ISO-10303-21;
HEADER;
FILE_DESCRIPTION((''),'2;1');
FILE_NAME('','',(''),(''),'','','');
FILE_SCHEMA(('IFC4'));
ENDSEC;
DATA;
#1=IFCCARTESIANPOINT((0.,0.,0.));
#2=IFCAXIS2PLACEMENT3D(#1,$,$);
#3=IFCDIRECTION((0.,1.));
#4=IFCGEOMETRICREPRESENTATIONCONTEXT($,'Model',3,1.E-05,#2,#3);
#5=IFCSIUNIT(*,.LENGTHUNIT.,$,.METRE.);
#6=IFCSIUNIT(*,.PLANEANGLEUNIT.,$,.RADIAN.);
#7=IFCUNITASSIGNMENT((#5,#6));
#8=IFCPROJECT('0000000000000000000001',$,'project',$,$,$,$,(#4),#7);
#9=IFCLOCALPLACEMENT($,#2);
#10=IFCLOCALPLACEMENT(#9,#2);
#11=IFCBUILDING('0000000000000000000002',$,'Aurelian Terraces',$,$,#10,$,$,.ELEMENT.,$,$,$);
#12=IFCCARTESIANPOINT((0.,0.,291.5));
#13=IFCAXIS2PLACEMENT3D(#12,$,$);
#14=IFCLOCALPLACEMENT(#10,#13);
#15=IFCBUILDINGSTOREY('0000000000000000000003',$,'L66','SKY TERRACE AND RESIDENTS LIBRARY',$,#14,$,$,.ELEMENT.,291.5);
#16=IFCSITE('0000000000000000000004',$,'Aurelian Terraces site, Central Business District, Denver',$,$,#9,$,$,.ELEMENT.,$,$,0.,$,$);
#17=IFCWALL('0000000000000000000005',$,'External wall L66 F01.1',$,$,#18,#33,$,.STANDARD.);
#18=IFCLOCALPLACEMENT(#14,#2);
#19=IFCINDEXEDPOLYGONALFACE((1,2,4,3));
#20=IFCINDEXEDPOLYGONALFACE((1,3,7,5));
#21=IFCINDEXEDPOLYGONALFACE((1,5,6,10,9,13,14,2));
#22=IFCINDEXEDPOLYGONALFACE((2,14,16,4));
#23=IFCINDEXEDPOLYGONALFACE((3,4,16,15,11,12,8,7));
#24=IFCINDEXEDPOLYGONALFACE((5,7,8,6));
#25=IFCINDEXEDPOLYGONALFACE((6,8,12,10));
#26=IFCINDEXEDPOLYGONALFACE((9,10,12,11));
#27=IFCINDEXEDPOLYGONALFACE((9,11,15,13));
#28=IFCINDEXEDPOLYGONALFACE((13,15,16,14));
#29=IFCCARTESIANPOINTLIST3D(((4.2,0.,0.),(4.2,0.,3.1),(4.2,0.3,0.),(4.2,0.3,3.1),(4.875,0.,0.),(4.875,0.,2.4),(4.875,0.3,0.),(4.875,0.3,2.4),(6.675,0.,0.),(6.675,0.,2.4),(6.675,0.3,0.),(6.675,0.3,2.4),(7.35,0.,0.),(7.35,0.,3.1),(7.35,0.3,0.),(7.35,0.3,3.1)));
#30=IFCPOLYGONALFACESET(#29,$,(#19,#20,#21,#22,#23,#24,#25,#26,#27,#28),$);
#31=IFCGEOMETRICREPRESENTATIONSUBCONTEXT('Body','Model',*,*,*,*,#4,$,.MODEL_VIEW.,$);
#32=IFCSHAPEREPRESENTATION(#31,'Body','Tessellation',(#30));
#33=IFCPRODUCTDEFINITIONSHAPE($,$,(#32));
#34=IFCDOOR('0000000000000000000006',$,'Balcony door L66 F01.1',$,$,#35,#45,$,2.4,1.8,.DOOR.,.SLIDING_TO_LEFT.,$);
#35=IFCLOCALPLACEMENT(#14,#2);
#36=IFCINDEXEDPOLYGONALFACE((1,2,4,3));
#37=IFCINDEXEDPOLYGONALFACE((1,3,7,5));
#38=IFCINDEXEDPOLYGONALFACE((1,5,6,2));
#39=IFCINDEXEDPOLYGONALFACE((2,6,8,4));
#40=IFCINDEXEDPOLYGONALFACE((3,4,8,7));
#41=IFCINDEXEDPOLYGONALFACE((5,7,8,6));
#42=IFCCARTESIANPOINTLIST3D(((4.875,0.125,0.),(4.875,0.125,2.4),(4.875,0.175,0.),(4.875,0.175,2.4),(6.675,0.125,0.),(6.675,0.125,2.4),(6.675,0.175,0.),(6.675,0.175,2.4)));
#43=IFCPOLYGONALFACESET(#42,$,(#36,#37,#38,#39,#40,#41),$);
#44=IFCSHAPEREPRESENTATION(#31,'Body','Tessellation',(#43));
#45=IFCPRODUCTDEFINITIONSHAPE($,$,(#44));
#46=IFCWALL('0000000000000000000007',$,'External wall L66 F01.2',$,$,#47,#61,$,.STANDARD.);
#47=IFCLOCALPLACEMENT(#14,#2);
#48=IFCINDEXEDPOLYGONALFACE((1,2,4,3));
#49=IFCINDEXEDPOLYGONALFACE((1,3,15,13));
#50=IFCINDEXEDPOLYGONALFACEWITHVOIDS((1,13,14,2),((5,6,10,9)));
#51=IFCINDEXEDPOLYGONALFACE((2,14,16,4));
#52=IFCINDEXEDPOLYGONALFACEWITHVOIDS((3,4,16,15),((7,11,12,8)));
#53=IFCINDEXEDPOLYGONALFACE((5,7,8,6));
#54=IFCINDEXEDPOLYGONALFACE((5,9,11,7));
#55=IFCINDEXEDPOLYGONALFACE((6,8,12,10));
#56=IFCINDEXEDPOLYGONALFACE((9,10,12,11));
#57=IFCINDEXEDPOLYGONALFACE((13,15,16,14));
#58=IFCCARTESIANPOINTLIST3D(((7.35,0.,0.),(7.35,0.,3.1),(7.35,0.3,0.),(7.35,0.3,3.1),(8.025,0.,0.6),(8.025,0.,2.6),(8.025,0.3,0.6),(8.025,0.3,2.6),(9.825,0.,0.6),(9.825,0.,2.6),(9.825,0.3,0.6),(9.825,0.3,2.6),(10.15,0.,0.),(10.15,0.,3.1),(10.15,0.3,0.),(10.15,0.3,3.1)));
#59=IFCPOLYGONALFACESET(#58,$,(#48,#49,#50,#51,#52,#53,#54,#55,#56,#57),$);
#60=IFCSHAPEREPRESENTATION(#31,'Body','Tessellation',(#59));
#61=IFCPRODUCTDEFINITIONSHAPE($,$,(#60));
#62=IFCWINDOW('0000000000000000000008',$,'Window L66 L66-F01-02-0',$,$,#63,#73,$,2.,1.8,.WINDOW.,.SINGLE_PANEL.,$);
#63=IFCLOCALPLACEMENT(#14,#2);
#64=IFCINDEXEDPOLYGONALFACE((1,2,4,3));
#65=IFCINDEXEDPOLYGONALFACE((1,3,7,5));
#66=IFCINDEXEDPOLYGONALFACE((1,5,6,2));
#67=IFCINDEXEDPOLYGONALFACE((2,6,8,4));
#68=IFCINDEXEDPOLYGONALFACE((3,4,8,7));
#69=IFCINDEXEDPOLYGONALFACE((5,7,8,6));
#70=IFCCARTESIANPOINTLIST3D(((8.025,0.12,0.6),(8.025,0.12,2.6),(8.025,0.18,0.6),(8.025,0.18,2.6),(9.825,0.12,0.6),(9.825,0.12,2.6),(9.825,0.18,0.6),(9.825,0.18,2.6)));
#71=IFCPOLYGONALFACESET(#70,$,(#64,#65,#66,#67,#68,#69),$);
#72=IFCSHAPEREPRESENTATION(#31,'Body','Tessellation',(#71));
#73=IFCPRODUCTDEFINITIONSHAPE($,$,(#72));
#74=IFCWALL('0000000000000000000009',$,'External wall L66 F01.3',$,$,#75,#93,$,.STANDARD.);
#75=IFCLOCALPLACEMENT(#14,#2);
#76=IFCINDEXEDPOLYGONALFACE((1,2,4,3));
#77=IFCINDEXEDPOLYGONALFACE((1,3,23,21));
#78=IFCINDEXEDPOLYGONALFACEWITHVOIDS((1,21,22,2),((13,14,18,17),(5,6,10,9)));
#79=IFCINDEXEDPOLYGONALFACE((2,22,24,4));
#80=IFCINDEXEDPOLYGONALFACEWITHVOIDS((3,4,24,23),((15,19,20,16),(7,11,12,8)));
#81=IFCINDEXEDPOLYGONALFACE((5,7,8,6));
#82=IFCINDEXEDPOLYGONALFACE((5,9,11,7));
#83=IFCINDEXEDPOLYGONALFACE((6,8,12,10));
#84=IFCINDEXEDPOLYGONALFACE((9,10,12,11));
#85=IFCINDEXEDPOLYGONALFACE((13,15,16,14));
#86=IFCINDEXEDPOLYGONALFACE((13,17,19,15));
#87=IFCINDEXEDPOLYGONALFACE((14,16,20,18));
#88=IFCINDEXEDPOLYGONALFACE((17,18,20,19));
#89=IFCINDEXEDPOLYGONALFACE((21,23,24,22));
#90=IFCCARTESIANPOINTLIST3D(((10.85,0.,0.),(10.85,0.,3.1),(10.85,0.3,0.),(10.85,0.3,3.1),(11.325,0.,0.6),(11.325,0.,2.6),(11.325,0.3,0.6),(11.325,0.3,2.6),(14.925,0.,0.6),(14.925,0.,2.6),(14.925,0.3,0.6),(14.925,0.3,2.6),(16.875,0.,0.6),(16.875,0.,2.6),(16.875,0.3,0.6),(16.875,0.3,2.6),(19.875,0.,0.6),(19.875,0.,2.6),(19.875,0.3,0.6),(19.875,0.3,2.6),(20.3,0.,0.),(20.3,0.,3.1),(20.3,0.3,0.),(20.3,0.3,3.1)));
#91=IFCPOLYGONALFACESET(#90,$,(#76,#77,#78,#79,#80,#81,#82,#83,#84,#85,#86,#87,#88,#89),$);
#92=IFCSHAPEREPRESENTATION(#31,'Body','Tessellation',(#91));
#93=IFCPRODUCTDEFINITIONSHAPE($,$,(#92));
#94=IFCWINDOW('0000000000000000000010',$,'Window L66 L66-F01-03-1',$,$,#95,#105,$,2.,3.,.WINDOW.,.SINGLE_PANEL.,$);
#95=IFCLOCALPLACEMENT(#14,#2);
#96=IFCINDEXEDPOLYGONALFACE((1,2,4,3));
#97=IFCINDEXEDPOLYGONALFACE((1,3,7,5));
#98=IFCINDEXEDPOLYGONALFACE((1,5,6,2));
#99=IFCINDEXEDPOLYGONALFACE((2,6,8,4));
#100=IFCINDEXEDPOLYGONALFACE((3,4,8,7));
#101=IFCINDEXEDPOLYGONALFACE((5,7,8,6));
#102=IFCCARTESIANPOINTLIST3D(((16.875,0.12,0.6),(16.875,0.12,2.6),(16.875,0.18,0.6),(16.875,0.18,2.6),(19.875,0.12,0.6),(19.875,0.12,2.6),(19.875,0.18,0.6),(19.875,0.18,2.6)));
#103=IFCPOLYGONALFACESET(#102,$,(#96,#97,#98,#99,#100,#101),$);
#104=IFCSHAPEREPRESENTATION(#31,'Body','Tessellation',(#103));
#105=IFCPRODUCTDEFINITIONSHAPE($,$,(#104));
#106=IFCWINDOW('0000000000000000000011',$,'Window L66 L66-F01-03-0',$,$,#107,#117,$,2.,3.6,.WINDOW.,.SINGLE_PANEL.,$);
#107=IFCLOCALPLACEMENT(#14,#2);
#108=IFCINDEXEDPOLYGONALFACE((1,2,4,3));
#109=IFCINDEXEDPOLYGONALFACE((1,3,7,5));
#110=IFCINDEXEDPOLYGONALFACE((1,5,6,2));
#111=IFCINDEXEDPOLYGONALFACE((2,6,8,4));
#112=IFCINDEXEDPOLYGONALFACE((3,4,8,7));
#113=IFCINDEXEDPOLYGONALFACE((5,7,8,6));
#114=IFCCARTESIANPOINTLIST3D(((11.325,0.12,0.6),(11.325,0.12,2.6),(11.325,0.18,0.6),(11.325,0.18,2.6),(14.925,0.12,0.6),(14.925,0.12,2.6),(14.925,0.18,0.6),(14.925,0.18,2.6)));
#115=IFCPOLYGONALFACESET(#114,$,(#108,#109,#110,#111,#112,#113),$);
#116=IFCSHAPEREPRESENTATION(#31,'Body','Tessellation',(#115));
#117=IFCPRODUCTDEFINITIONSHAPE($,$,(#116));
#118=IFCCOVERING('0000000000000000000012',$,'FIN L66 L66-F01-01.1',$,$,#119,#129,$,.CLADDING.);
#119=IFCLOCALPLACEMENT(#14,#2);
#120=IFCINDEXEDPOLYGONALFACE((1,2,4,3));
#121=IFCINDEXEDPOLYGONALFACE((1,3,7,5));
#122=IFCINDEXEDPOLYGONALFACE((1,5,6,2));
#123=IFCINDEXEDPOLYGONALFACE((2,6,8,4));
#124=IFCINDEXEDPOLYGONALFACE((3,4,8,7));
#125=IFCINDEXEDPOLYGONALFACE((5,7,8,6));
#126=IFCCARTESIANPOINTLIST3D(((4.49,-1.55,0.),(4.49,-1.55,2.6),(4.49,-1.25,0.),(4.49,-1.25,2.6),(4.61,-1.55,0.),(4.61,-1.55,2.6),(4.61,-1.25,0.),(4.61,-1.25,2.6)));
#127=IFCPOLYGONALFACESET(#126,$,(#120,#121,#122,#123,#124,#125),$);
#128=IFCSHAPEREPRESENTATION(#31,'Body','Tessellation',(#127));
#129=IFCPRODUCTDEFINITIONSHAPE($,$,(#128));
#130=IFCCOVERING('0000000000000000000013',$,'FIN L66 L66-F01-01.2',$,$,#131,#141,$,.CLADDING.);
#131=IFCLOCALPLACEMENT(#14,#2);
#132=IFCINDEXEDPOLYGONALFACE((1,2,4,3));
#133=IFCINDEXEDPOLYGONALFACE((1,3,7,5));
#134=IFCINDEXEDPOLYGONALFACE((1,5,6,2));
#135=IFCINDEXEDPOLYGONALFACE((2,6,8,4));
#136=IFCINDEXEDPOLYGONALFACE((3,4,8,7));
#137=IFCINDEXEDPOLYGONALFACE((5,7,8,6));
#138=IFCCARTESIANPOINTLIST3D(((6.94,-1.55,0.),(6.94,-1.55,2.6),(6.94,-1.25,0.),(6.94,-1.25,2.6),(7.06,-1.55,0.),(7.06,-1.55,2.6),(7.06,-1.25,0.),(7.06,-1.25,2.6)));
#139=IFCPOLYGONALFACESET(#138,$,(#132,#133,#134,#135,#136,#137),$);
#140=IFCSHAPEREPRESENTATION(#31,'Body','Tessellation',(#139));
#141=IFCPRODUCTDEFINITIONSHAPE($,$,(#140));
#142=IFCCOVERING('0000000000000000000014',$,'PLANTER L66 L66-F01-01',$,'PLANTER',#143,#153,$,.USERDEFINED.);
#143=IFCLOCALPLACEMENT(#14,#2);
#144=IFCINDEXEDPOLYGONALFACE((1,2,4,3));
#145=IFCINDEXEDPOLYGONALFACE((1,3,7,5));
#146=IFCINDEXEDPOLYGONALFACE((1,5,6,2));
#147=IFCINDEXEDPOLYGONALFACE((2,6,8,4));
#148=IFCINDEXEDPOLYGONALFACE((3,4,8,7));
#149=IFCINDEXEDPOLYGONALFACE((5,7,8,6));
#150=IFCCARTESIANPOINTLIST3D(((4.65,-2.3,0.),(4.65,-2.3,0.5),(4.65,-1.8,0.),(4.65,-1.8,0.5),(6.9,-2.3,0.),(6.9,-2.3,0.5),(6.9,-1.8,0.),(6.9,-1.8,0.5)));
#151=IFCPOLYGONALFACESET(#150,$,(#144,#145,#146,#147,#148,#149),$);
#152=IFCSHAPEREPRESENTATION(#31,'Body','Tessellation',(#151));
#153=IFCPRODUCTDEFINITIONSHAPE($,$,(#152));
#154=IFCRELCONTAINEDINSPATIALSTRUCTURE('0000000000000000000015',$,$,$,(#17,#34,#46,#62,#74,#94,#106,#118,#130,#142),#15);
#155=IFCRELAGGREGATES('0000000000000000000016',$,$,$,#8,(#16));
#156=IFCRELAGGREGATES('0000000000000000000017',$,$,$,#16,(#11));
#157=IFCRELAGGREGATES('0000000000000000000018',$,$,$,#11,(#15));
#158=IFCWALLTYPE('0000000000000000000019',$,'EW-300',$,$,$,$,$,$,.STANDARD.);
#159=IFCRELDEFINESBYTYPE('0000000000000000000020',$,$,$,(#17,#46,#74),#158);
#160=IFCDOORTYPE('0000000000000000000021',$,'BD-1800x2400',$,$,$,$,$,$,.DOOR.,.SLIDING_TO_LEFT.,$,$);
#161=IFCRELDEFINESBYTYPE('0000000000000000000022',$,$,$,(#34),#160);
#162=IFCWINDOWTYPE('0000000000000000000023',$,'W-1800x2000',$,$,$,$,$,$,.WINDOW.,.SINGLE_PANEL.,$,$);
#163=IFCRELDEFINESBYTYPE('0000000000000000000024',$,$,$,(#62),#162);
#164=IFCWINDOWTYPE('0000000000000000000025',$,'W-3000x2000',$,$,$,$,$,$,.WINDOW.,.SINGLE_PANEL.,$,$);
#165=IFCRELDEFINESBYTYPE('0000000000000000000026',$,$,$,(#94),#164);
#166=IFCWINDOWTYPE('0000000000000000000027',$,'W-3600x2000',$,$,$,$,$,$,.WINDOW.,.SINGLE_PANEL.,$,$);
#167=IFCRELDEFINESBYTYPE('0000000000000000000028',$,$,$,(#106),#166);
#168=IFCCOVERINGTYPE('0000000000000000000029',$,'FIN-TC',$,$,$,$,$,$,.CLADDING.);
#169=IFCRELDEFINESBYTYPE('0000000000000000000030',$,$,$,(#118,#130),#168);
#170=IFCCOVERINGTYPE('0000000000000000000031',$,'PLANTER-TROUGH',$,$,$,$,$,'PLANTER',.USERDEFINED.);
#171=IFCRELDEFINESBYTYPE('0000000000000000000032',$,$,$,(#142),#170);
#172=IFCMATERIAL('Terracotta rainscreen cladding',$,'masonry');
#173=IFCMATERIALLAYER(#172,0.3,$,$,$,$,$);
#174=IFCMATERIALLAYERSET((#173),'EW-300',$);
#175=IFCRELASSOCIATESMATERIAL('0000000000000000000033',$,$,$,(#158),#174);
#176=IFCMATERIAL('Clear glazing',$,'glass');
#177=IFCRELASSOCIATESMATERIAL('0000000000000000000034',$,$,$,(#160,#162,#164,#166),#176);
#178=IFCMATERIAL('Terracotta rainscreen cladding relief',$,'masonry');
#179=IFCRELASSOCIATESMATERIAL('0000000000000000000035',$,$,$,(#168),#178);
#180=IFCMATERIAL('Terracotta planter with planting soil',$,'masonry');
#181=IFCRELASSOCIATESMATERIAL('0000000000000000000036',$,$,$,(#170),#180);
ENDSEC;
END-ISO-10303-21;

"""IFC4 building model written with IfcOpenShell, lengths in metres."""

from ifc_helpers import new_model, si_unit, direction, frame, frame_2d, origin, origin_2d, place, context, subcontext, project, spatial, rectangle, extrude, source, transform, mapped, material, layer, layer_set, type_object, element, fill, save


model = new_model("IFC4")

# Units and contexts
model_context = context("Model", 3, precision=1e-05, world=origin(), true_north=direction((0.0, 1.0)))
body_context = subcontext(model_context, "Body", "Model", "MODEL_VIEW")
ifc_project = project(units=[si_unit("LENGTHUNIT", "METRE"), si_unit("PLANEANGLEUNIT", "RADIAN")], contexts=[model_context])

# Site, building, storey
site_placement = place(None, origin())
site = spatial("IfcSite", under=ifc_project, at=site_placement, Name="Aurelian Terraces site, Central Business District, Denver", CompositionType="ELEMENT", RefElevation=0.0)
building_placement = place(site_placement, origin())
building = spatial("IfcBuilding", under=site, at=building_placement, Name="Aurelian Terraces", CompositionType="ELEMENT")
storey_placement = place(building_placement, frame((0.0, 0.0, 291.5)))
storey = spatial("IfcBuildingStorey", under=building, at=storey_placement, Name="L66", Description="SKY TERRACE AND RESIDENTS LIBRARY", CompositionType="ELEMENT", Elevation=291.5)

# Shared definitions
ifc_material_1 = material(Name="Terracotta rainscreen cladding", Category="masonry")
ifc_layer_1 = layer(ifc_material_1, 0.3)
ifc_layer_set_1 = layer_set([ifc_layer_1], Name="EW-300")
wall_type_1 = type_object("IfcWallType", Name="EW-300", PredefinedType="STANDARD", material=ifc_layer_set_1)
ifc_material_2 = material(Name="Clear glazing", Category="glass")

# Wall, opening, door
shared_shape_1 = source(origin(), body_context, "Body", "SweptSolid", [
    extrude(rectangle(XDim=3.15, YDim=0.3, at=frame_2d((1.575, 0.0))), origin(), (0.0, 0.0, 1.0), 3.1),
])
wall_1_placement = place(storey_placement, frame((4.2, 0.15, 0.0), z_axis=(0.0, 0.0, 1.0), x_axis=(1.0, 0.0, 0.0)))
wall_1 = element("IfcWall", 1, at=wall_1_placement, inside=storey, type_object=wall_type_1, Name="External wall L66 F01.1", PredefinedType="STANDARD", context=body_context, shape_type="MappedRepresentation", body=[
    mapped(shared_shape_1, transform((0.0, 0.0, 0.0), scale=1.0)),
])
shared_shape_2 = source(origin(), body_context, "Body", "SweptSolid", [
    extrude(rectangle(XDim=1.8, YDim=2.4, at=frame_2d((0.9, 1.2))), frame((0.0, 0.16, 0.0), z_axis=(0.0, -1.0, 0.0), x_axis=(1.0, 0.0, 0.0)), (0.0, 0.0, 1.0), 0.32),
])
opening_1_placement = place(wall_1_placement, frame((0.675, 0.0, 0.0)))
opening_1 = element("IfcOpeningElement", 2, at=opening_1_placement, cuts=wall_1, PredefinedType="OPENING", context=body_context, shape_type="MappedRepresentation", body=[
    mapped(shared_shape_2, transform((0.0, 0.0, 0.0), scale=1.0)),
])
door_type_1 = type_object("IfcDoorType", Name="BD-1800x2400", OperationType="SLIDING_TO_LEFT", PredefinedType="DOOR", material=ifc_material_2)
shared_shape_3 = source(origin(), body_context, "Body", "SweptSolid", [
    extrude(rectangle(XDim=1.8, YDim=2.4, at=frame_2d((0.9, 1.2))), frame((0.0, 0.025, 0.0), z_axis=(0.0, -1.0, 0.0), x_axis=(1.0, 0.0, 0.0)), (0.0, 0.0, 1.0), 0.05),
])
door_1_placement = place(opening_1_placement, origin())
door_1 = element("IfcDoor", 3, at=door_1_placement, inside=storey, type_object=door_type_1, Name="Balcony door L66 F01.1", OperationType="SLIDING_TO_LEFT", OverallHeight=2.4, OverallWidth=1.8, PredefinedType="DOOR", context=body_context, shape_type="MappedRepresentation", body=[
    mapped(shared_shape_3, transform((0.0, 0.0, 0.0), scale=1.0)),
])
fill(opening_1, door_1)

# Wall, opening, window
shared_shape_4 = source(origin(), body_context, "Body", "SweptSolid", [
    extrude(rectangle(XDim=2.8, YDim=0.3, at=frame_2d((1.4, 0.0))), origin(), (0.0, 0.0, 1.0), 3.1),
])
wall_2_placement = place(storey_placement, frame((7.35, 0.15, 0.0), z_axis=(0.0, 0.0, 1.0), x_axis=(1.0, 0.0, 0.0)))
wall_2 = element("IfcWall", 4, at=wall_2_placement, inside=storey, type_object=wall_type_1, Name="External wall L66 F01.2", PredefinedType="STANDARD", context=body_context, shape_type="MappedRepresentation", body=[
    mapped(shared_shape_4, transform((0.0, 0.0, 0.0), scale=1.0)),
])
shared_shape_5 = source(origin(), body_context, "Body", "SweptSolid", [
    extrude(rectangle(XDim=1.8, YDim=2.0, at=frame_2d((0.9, 1.0))), frame((0.0, 0.16, 0.0), z_axis=(0.0, -1.0, 0.0), x_axis=(1.0, 0.0, 0.0)), (0.0, 0.0, 1.0), 0.32),
])
opening_2_placement = place(wall_2_placement, frame((0.675, 0.0, 0.6)))
opening_2 = element("IfcOpeningElement", 5, at=opening_2_placement, cuts=wall_2, PredefinedType="OPENING", context=body_context, shape_type="MappedRepresentation", body=[
    mapped(shared_shape_5, transform((0.0, 0.0, 0.0), scale=1.0)),
])
window_type_1 = type_object("IfcWindowType", Name="W-1800x2000", PartitioningType="SINGLE_PANEL", PredefinedType="WINDOW", material=ifc_material_2)
shared_shape_6 = source(origin(), body_context, "Body", "SweptSolid", [
    extrude(rectangle(XDim=1.8, YDim=2.0, at=frame_2d((0.9, 1.0))), frame((0.0, 0.03, 0.0), z_axis=(0.0, -1.0, 0.0), x_axis=(1.0, 0.0, 0.0)), (0.0, 0.0, 1.0), 0.06),
])
window_1_placement = place(opening_2_placement, origin())
window_1 = element("IfcWindow", 6, at=window_1_placement, inside=storey, type_object=window_type_1, Name="Window L66 L66-F01-02-0", OverallHeight=2.0, OverallWidth=1.8, PartitioningType="SINGLE_PANEL", PredefinedType="WINDOW", context=body_context, shape_type="MappedRepresentation", body=[
    mapped(shared_shape_6, transform((0.0, 0.0, 0.0), scale=1.0)),
])
fill(opening_2, window_1)

# Wall, openings, windows
shared_shape_7 = source(origin(), body_context, "Body", "SweptSolid", [
    extrude(rectangle(XDim=9.45, YDim=0.3, at=frame_2d((4.725, 0.0))), origin(), (0.0, 0.0, 1.0), 3.1),
])
wall_3_placement = place(storey_placement, frame((10.85, 0.15, 0.0), z_axis=(0.0, 0.0, 1.0), x_axis=(1.0, 0.0, 0.0)))
wall_3 = element("IfcWall", 7, at=wall_3_placement, inside=storey, type_object=wall_type_1, Name="External wall L66 F01.3", PredefinedType="STANDARD", context=body_context, shape_type="MappedRepresentation", body=[
    mapped(shared_shape_7, transform((0.0, 0.0, 0.0), scale=1.0)),
])
shared_shape_8 = source(origin(), body_context, "Body", "SweptSolid", [
    extrude(rectangle(XDim=3.6, YDim=2.0, at=frame_2d((1.8, 1.0))), frame((0.0, 0.16, 0.0), z_axis=(0.0, -1.0, 0.0), x_axis=(1.0, 0.0, 0.0)), (0.0, 0.0, 1.0), 0.32),
])
opening_3_placement = place(wall_3_placement, frame((0.475, 0.0, 0.6)))
opening_3 = element("IfcOpeningElement", 8, at=opening_3_placement, cuts=wall_3, PredefinedType="OPENING", context=body_context, shape_type="MappedRepresentation", body=[
    mapped(shared_shape_8, transform((0.0, 0.0, 0.0), scale=1.0)),
])
shared_shape_9 = source(origin(), body_context, "Body", "SweptSolid", [
    extrude(rectangle(XDim=3.0, YDim=2.0, at=frame_2d((1.5, 1.0))), frame((0.0, 0.16, 0.0), z_axis=(0.0, -1.0, 0.0), x_axis=(1.0, 0.0, 0.0)), (0.0, 0.0, 1.0), 0.32),
])
opening_4_placement = place(wall_3_placement, frame((6.025, 0.0, 0.6)))
opening_4 = element("IfcOpeningElement", 9, at=opening_4_placement, cuts=wall_3, PredefinedType="OPENING", context=body_context, shape_type="MappedRepresentation", body=[
    mapped(shared_shape_9, transform((0.0, 0.0, 0.0), scale=1.0)),
])
window_type_2 = type_object("IfcWindowType", Name="W-3000x2000", PartitioningType="SINGLE_PANEL", PredefinedType="WINDOW", material=ifc_material_2)
shared_shape_10 = source(origin(), body_context, "Body", "SweptSolid", [
    extrude(rectangle(XDim=3.0, YDim=2.0, at=frame_2d((1.5, 1.0))), frame((0.0, 0.03, 0.0), z_axis=(0.0, -1.0, 0.0), x_axis=(1.0, 0.0, 0.0)), (0.0, 0.0, 1.0), 0.06),
])
window_2_placement = place(opening_4_placement, origin())
window_2 = element("IfcWindow", 10, at=window_2_placement, inside=storey, type_object=window_type_2, Name="Window L66 L66-F01-03-1", OverallHeight=2.0, OverallWidth=3.0, PartitioningType="SINGLE_PANEL", PredefinedType="WINDOW", context=body_context, shape_type="MappedRepresentation", body=[
    mapped(shared_shape_10, transform((0.0, 0.0, 0.0), scale=1.0)),
])
fill(opening_4, window_2)
window_type_3 = type_object("IfcWindowType", Name="W-3600x2000", PartitioningType="SINGLE_PANEL", PredefinedType="WINDOW", material=ifc_material_2)
shared_shape_11 = source(origin(), body_context, "Body", "SweptSolid", [
    extrude(rectangle(XDim=3.6, YDim=2.0, at=frame_2d((1.8, 1.0))), frame((0.0, 0.03, 0.0), z_axis=(0.0, -1.0, 0.0), x_axis=(1.0, 0.0, 0.0)), (0.0, 0.0, 1.0), 0.06),
])
window_3_placement = place(opening_3_placement, origin())
window_3 = element("IfcWindow", 11, at=window_3_placement, inside=storey, type_object=window_type_3, Name="Window L66 L66-F01-03-0", OverallHeight=2.0, OverallWidth=3.6, PartitioningType="SINGLE_PANEL", PredefinedType="WINDOW", context=body_context, shape_type="MappedRepresentation", body=[
    mapped(shared_shape_11, transform((0.0, 0.0, 0.0), scale=1.0)),
])
fill(opening_3, window_3)

# Coverings
ifc_material_3 = material(Name="Terracotta rainscreen cladding relief", Category="masonry")
covering_type_1 = type_object("IfcCoveringType", Name="FIN-TC", PredefinedType="CLADDING", material=ifc_material_3)
shared_shape_12 = source(origin(), body_context, "Body", "SweptSolid", [
    extrude(rectangle(XDim=0.12, YDim=0.3, at=origin_2d()), origin(), (0.0, 0.0, 1.0), 2.6),
])
for number, where, z_axis, x_axis, name in (
    (12, (4.55, -1.4, 0.0), (0.0, 0.0, 1.0), (1.0, 0.0, 0.0), "FIN L66 L66-F01-01.1"),
    (13, (7.0, -1.4, 0.0), (0.0, 0.0, 1.0), (1.0, 0.0, 0.0), "FIN L66 L66-F01-01.2"),
):
    element("IfcCovering", number, at=place(storey_placement, frame(where, z_axis=z_axis, x_axis=x_axis)), inside=storey, type_object=covering_type_1, Name=name, PredefinedType="CLADDING", context=body_context, shape_type="MappedRepresentation", body=[
        mapped(shared_shape_12, transform((0.0, 0.0, 0.0), scale=1.0)),
    ])

# Covering
ifc_material_4 = material(Name="Terracotta planter with planting soil", Category="masonry")
covering_type_2 = type_object("IfcCoveringType", Name="PLANTER-TROUGH", ElementType="PLANTER", PredefinedType="USERDEFINED", material=ifc_material_4)
shared_shape_13 = source(origin(), body_context, "Body", "SweptSolid", [
    extrude(rectangle(XDim=2.25, YDim=0.5, at=origin_2d()), origin(), (0.0, 0.0, 1.0), 0.5),
])
covering_1_placement = place(storey_placement, frame((5.775, -2.05, 0.0), z_axis=(0.0, 0.0, 1.0), x_axis=(1.0, 0.0, 0.0)))
element("IfcCovering", 14, at=covering_1_placement, inside=storey, type_object=covering_type_2, Name="PLANTER L66 L66-F01-01", ObjectType="PLANTER", PredefinedType="USERDEFINED", context=body_context, shape_type="MappedRepresentation", body=[
    mapped(shared_shape_13, transform((0.0, 0.0, 0.0), scale=1.0)),
])

save(model, "model.ifc")
